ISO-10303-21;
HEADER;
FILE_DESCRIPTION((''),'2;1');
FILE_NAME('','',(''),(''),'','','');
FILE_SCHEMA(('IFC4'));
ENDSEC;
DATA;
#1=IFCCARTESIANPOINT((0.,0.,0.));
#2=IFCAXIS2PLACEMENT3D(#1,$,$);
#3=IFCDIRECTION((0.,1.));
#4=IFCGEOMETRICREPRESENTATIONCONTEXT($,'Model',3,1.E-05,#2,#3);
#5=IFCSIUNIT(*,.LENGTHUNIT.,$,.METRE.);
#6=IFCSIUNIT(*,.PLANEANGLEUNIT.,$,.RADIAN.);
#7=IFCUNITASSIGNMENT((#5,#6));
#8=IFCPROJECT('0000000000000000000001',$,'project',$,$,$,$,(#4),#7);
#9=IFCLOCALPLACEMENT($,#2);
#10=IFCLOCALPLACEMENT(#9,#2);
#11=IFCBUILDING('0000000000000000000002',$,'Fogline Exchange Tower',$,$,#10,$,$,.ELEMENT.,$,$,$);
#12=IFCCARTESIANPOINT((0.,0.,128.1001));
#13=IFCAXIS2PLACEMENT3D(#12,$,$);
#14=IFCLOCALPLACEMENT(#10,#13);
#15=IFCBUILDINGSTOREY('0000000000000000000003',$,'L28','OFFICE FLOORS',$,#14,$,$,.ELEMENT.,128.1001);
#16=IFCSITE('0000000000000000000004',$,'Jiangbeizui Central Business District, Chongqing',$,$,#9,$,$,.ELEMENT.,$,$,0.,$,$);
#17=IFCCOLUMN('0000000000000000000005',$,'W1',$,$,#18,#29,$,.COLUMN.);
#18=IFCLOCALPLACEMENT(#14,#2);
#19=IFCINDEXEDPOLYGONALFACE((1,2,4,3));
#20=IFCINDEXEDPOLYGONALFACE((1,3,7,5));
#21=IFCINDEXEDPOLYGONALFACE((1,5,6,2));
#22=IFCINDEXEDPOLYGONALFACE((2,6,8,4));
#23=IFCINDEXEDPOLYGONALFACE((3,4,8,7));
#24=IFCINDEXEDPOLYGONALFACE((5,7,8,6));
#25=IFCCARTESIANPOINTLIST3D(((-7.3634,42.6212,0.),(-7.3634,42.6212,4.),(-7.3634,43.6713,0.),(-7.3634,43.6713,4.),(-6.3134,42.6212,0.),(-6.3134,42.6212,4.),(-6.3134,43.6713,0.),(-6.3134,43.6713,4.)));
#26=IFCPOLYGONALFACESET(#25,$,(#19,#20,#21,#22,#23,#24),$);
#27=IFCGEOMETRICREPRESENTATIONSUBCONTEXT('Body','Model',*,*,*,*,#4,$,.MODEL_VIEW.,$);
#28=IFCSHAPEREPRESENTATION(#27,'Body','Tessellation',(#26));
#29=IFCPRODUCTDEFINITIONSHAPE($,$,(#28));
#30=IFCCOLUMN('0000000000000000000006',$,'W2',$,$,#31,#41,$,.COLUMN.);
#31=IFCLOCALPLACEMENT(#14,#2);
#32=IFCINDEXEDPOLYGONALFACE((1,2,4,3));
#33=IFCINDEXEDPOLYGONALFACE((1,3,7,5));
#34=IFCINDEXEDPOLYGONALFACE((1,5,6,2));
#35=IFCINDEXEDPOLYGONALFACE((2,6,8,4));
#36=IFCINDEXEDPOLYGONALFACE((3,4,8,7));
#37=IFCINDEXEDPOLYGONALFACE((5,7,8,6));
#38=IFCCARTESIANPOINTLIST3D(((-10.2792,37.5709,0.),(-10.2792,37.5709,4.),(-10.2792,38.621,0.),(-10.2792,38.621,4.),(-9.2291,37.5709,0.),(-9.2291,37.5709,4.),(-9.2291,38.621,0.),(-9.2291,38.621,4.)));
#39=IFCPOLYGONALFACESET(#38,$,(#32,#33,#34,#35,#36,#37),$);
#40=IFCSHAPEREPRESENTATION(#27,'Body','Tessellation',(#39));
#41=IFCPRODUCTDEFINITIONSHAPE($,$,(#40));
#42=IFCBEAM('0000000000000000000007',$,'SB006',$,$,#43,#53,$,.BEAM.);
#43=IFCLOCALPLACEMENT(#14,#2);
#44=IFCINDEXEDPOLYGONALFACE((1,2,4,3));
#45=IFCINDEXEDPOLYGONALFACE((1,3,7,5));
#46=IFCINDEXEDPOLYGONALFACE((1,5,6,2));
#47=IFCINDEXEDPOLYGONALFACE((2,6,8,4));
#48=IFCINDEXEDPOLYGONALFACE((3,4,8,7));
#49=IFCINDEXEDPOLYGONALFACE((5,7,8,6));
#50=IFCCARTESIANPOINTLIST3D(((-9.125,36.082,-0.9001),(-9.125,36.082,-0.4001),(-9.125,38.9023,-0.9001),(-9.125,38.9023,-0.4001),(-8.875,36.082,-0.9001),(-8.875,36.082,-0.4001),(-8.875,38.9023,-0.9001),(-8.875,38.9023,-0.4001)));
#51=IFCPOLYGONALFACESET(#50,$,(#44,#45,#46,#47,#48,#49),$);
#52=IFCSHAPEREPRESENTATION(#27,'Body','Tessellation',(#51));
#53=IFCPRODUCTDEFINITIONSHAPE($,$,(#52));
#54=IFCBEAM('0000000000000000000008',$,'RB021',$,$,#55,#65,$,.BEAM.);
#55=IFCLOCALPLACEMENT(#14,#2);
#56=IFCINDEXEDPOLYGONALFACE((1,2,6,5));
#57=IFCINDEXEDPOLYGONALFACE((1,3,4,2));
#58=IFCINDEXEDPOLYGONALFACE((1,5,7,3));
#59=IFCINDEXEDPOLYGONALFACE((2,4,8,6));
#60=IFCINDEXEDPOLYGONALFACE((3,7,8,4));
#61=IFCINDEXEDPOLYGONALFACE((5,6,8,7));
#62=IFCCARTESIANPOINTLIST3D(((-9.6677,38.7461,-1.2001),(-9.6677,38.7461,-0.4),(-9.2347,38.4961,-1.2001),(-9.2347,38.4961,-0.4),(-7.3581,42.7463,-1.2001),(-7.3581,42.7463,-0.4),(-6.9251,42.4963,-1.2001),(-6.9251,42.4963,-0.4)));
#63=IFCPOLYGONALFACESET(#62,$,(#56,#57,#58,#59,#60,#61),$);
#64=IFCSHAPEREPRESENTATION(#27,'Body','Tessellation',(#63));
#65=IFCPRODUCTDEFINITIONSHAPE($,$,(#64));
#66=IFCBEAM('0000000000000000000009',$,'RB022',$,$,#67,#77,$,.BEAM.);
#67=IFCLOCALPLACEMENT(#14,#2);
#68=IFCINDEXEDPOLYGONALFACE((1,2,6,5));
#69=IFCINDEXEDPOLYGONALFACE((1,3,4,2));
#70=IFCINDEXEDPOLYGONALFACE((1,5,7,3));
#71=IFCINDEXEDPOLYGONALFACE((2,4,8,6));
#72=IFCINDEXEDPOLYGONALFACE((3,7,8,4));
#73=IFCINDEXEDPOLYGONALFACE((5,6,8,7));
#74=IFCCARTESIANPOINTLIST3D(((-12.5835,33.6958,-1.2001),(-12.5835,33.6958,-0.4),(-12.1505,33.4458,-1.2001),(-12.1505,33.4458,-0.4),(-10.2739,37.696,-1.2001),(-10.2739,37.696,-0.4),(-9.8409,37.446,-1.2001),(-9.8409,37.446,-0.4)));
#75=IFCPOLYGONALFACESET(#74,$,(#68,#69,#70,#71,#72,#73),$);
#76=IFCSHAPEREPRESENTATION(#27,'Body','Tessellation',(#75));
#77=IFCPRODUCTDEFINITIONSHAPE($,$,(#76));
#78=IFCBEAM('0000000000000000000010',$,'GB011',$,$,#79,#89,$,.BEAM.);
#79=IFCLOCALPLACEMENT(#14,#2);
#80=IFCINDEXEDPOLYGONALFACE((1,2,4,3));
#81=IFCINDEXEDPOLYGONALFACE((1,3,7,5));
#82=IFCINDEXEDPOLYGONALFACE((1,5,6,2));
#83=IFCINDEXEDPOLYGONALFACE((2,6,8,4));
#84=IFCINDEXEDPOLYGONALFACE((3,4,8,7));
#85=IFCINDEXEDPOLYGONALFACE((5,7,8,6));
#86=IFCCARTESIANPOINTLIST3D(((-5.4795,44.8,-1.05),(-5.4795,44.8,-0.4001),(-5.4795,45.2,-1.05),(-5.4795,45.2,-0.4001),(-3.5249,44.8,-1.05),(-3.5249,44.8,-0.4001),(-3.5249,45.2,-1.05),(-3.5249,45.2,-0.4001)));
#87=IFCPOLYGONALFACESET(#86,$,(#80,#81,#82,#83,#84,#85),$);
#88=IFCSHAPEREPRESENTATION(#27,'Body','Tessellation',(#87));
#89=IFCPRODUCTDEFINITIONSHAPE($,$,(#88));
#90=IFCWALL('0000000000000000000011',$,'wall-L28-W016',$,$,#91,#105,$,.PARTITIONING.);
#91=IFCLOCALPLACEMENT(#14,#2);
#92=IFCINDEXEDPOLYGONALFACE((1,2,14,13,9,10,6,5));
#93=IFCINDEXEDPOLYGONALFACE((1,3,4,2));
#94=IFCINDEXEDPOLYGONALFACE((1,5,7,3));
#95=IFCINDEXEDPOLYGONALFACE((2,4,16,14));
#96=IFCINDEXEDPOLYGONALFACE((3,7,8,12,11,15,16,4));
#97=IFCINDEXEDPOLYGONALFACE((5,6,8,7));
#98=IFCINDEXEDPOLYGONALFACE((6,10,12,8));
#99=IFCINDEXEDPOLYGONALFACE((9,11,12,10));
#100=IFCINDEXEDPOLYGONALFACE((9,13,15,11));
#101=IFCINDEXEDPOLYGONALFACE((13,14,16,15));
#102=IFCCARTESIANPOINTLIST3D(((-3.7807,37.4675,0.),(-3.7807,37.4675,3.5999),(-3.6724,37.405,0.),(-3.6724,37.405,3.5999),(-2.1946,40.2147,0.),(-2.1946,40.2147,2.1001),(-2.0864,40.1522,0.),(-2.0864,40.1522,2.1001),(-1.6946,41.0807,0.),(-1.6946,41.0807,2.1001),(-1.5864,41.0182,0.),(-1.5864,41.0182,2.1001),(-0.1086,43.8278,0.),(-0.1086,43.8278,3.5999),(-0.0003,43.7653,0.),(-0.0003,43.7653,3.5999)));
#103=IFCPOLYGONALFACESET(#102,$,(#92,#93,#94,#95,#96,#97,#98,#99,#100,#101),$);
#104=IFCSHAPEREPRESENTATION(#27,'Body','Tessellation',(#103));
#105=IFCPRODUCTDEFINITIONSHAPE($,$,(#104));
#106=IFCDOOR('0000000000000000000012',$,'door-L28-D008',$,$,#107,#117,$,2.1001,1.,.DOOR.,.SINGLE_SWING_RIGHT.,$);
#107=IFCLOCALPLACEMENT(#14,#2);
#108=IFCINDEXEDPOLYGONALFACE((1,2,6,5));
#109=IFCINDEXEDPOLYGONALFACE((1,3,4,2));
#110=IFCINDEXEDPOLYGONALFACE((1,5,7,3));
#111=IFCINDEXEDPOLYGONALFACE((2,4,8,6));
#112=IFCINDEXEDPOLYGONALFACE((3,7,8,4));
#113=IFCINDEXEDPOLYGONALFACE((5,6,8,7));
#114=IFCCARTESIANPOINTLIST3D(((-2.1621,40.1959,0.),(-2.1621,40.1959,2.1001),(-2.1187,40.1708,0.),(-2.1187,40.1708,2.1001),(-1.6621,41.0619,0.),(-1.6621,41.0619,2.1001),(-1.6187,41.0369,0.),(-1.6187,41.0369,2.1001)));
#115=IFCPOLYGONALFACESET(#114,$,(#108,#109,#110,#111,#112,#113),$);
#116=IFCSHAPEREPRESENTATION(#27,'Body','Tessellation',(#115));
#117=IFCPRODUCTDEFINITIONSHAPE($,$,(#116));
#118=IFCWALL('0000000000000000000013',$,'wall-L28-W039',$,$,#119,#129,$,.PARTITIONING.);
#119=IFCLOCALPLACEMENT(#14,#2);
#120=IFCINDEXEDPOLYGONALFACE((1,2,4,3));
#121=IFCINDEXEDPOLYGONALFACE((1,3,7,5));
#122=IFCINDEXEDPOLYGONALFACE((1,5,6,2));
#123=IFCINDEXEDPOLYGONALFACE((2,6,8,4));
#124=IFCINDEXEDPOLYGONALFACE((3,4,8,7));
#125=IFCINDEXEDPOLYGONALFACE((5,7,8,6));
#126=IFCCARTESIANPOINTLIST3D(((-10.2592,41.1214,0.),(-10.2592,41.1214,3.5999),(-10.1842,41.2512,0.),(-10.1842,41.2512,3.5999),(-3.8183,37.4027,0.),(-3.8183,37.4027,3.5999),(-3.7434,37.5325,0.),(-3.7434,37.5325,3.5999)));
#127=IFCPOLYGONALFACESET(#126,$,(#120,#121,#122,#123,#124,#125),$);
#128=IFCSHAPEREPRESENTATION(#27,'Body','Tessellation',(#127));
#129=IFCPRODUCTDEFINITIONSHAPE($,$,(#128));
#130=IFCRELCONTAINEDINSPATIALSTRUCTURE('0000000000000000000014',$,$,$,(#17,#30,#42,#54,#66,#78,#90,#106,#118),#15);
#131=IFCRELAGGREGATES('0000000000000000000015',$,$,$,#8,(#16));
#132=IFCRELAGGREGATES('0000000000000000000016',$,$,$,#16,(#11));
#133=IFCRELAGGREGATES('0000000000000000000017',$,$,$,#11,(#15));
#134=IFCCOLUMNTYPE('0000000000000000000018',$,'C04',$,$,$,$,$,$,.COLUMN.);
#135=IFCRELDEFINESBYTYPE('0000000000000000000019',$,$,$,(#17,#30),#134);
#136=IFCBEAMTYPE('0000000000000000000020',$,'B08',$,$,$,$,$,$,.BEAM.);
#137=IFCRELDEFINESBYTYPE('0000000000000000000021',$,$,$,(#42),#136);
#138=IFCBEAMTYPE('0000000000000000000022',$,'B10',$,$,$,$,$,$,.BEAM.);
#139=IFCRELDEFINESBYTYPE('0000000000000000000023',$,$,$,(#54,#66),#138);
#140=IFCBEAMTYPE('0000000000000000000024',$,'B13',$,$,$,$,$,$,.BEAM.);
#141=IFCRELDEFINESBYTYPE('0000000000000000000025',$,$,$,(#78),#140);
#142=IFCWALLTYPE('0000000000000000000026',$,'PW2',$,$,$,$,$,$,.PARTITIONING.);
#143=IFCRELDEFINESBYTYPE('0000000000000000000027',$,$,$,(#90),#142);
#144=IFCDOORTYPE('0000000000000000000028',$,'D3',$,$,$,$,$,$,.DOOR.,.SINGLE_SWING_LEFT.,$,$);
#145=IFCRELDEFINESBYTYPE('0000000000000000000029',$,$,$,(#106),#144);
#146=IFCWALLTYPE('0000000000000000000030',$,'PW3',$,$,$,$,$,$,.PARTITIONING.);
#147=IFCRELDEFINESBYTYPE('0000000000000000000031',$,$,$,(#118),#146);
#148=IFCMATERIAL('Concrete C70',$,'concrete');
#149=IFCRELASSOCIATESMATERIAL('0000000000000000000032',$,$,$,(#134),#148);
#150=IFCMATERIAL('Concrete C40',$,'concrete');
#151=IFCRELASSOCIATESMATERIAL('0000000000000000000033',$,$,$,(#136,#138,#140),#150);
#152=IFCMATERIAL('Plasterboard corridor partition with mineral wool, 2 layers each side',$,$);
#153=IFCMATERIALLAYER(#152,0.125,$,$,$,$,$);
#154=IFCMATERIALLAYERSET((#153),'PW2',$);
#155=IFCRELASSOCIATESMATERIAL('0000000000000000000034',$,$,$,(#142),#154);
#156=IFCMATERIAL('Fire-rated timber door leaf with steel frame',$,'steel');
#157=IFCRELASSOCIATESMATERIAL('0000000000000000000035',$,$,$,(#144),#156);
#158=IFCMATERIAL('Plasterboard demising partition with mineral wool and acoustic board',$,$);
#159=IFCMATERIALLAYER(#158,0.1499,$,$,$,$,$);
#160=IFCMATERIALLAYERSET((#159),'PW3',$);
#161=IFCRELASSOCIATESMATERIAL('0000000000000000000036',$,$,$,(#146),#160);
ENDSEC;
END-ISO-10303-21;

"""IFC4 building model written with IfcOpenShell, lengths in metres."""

from ifc_helpers import new_model, si_unit, direction, frame, frame_2d, origin, origin_2d, place, context, subcontext, project, spatial, rectangle, extrude, material, layer, layer_set, material_profile, profile_set, type_object, element, fill, save


model = new_model("IFC4")

# Units and contexts
model_context = context("Model", 3, precision=1e-05, world=origin(), true_north=direction((0.0, 1.0)))
body_context = subcontext(model_context, "Body", "Model", "MODEL_VIEW")
ifc_project = project(units=[si_unit("LENGTHUNIT", "METRE"), si_unit("PLANEANGLEUNIT", "RADIAN")], contexts=[model_context])

# Site, building, storey
site_placement = place(None, origin())
site = spatial("IfcSite", under=ifc_project, at=site_placement, Name="Jiangbeizui Central Business District, Chongqing", CompositionType="ELEMENT", RefElevation=0.0)
building_placement = place(site_placement, origin())
building = spatial("IfcBuilding", under=site, at=building_placement, Name="Fogline Exchange Tower", CompositionType="ELEMENT")
storey_placement = place(building_placement, frame((0.0, 0.0, 128.1001)))
storey = spatial("IfcBuildingStorey", under=building, at=storey_placement, Name="L28", Description="OFFICE FLOORS", CompositionType="ELEMENT", Elevation=128.1001)

# Columns
ifc_material_1 = material(Name="Concrete C70", Category="concrete")
ifc_material_profile_1 = material_profile(ifc_material_1, rectangle(XDim=1.05, YDim=1.05, at=origin_2d()), Name="RC 1050x1050")
ifc_profile_set_1 = profile_set([ifc_material_profile_1], Name="Concrete C70")
column_type = type_object("IfcColumnType", Name="C04", PredefinedType="COLUMN", material=ifc_profile_set_1)
for number, where, z_axis, x_axis, name in (
    (1, (-6.8384, 43.1462, 0.0), (0.0, 0.0, 1.0), (1.0, 0.0, 0.0), "W1"),
    (2, (-9.7542, 38.0959, 0.0), (0.0, 0.0, 1.0), (1.0, 0.0, 0.0), "W2"),
):
    element("IfcColumn", number, at=place(storey_placement, frame(where, z_axis=z_axis, x_axis=x_axis)), inside=storey, type_object=column_type, Name=name, PredefinedType="COLUMN", context=body_context, shape_type="SweptSolid", body=[
        extrude(rectangle(XDim=1.05, YDim=1.05, at=origin_2d()), origin(), (0.0, 0.0, 1.0), 4.0),
    ])

# Beams
ifc_material_2 = material(Name="Concrete C40", Category="concrete")
ifc_material_profile_2 = material_profile(ifc_material_2, rectangle(XDim=0.25, YDim=0.5, at=origin_2d()), Name="RC 250x500")
ifc_profile_set_2 = profile_set([ifc_material_profile_2], Name="Concrete C40")
beam_type_1 = type_object("IfcBeamType", Name="B08", PredefinedType="BEAM", material=ifc_profile_set_2)
beam_1_placement = place(storey_placement, frame((-9.0, 36.082, -0.6501), z_axis=(0.0, 1.0, 0.0), x_axis=(-1.0, 0.0, 0.0)))
element("IfcBeam", 3, at=beam_1_placement, inside=storey, type_object=beam_type_1, Name="SB006", PredefinedType="BEAM", context=body_context, shape_type="SweptSolid", body=[
    extrude(rectangle(XDim=0.25, YDim=0.5, at=origin_2d()), origin(), (0.0, 0.0, 1.0), 2.8203),
])
ifc_material_profile_3 = material_profile(ifc_material_2, rectangle(XDim=0.5, YDim=0.8, at=origin_2d()), Name="RC 500x800")
ifc_profile_set_3 = profile_set([ifc_material_profile_3], Name="Concrete C40")
beam_type_2 = type_object("IfcBeamType", Name="B10", PredefinedType="BEAM", material=ifc_profile_set_3)
for number, where, z_axis, x_axis, name in (
    (4, (-7.1416, 42.6213, -0.8), (-0.500005, -0.866023, 0.0), (0.866023, -0.500005, 0.0), "RB021"),
    (5, (-10.0574, 37.571, -0.8), (-0.500005, -0.866023, 0.0), (0.866023, -0.500005, 0.0), "RB022"),
):
    element("IfcBeam", number, at=place(storey_placement, frame(where, z_axis=z_axis, x_axis=x_axis)), inside=storey, type_object=beam_type_2, Name=name, PredefinedType="BEAM", context=body_context, shape_type="SweptSolid", body=[
        extrude(rectangle(XDim=0.5, YDim=0.8, at=origin_2d()), origin(), (0.0, 0.0, 1.0), 4.6191),
    ])
ifc_material_profile_4 = material_profile(ifc_material_2, rectangle(XDim=0.3999, YDim=0.6499, at=origin_2d()), Name="RC 400x650")
ifc_profile_set_4 = profile_set([ifc_material_profile_4], Name="Concrete C40")
beam_type_3 = type_object("IfcBeamType", Name="B13", PredefinedType="BEAM", material=ifc_profile_set_4)
beam_2_placement = place(storey_placement, frame((-5.4795, 45.0, -0.7251), z_axis=(1.0, 0.0, 0.0), x_axis=(0.0, 1.0, 0.0)))
element("IfcBeam", 6, at=beam_2_placement, inside=storey, type_object=beam_type_3, Name="GB011", PredefinedType="BEAM", context=body_context, shape_type="SweptSolid", body=[
    extrude(rectangle(XDim=0.3999, YDim=0.6499, at=origin_2d()), origin(), (0.0, 0.0, 1.0), 1.9546),
])

# Wall, opening, door
ifc_material_3 = material(Name="Plasterboard corridor partition with mineral wool, 2 layers each side")
ifc_layer_1 = layer(ifc_material_3, 0.125)
ifc_layer_set_1 = layer_set([ifc_layer_1], Name="PW2")
wall_type_1 = type_object("IfcWallType", Name="PW2", PredefinedType="PARTITIONING", material=ifc_layer_set_1)
wall_1_placement = place(storey_placement, frame((-3.7266, 37.4363, 0.0), z_axis=(0.0, 0.0, 1.0), x_axis=(0.499997, 0.866027, 0.0)))
wall_1 = element("IfcWall", 7, at=wall_1_placement, inside=storey, type_object=wall_type_1, Name="wall-L28-W016", PredefinedType="PARTITIONING", context=body_context, shape_type="SweptSolid", body=[
    extrude(rectangle(XDim=7.3442, YDim=0.125, at=frame_2d((3.6721, 0.0))), origin(), (0.0, 0.0, 1.0), 3.5999),
])
opening_placement = place(wall_1_placement, frame((3.1721, 0.0, 0.0)))
opening = element("IfcOpeningElement", 8, at=opening_placement, cuts=wall_1, PredefinedType="OPENING", context=body_context, shape_type="SweptSolid", body=[
    extrude(rectangle(XDim=1.0, YDim=2.1001, at=frame_2d((0.5, 1.05))), frame((0.0, 0.0725, 0.0), z_axis=(0.0, -1.0, 0.0), x_axis=(1.0, 0.0, 0.0)), (0.0, 0.0, 1.0), 0.145),
])
ifc_material_4 = material(Name="Fire-rated timber door leaf with steel frame", Category="steel")
door_type = type_object("IfcDoorType", Name="D3", OperationType="SINGLE_SWING_LEFT", PredefinedType="DOOR", material=ifc_material_4)
door_placement = place(opening_placement, origin())
door = element("IfcDoor", 9, at=door_placement, inside=storey, type_object=door_type, Name="door-L28-D008", OperationType="SINGLE_SWING_RIGHT", OverallHeight=2.1001, OverallWidth=1.0, PredefinedType="DOOR", context=body_context, shape_type="SweptSolid", body=[
    extrude(rectangle(XDim=1.0, YDim=2.1001, at=frame_2d((0.5, 1.05))), frame((0.0, 0.0249, 0.0), z_axis=(0.0, -1.0, 0.0), x_axis=(1.0, 0.0, 0.0)), (0.0, 0.0, 1.0), 0.05),
])
fill(opening, door)

# Wall
ifc_material_5 = material(Name="Plasterboard demising partition with mineral wool and acoustic board")
ifc_layer_2 = layer(ifc_material_5, 0.1499)
ifc_layer_set_2 = layer_set([ifc_layer_2], Name="PW3")
wall_type_2 = type_object("IfcWallType", Name="PW3", PredefinedType="PARTITIONING", material=ifc_layer_set_2)
wall_2_placement = place(storey_placement, frame((-3.7808, 37.4675, 0.0), z_axis=(0.0, 0.0, 1.0), x_axis=(-0.86602, 0.500008, 0.0)))
element("IfcWall", 10, at=wall_2_placement, inside=storey, type_object=wall_type_2, Name="wall-L28-W039", PredefinedType="PARTITIONING", context=body_context, shape_type="SweptSolid", body=[
    extrude(rectangle(XDim=7.4373, YDim=0.1499, at=frame_2d((3.7188, 0.0))), origin(), (0.0, 0.0, 1.0), 3.5999),
])

save(model, "model.ifc")
